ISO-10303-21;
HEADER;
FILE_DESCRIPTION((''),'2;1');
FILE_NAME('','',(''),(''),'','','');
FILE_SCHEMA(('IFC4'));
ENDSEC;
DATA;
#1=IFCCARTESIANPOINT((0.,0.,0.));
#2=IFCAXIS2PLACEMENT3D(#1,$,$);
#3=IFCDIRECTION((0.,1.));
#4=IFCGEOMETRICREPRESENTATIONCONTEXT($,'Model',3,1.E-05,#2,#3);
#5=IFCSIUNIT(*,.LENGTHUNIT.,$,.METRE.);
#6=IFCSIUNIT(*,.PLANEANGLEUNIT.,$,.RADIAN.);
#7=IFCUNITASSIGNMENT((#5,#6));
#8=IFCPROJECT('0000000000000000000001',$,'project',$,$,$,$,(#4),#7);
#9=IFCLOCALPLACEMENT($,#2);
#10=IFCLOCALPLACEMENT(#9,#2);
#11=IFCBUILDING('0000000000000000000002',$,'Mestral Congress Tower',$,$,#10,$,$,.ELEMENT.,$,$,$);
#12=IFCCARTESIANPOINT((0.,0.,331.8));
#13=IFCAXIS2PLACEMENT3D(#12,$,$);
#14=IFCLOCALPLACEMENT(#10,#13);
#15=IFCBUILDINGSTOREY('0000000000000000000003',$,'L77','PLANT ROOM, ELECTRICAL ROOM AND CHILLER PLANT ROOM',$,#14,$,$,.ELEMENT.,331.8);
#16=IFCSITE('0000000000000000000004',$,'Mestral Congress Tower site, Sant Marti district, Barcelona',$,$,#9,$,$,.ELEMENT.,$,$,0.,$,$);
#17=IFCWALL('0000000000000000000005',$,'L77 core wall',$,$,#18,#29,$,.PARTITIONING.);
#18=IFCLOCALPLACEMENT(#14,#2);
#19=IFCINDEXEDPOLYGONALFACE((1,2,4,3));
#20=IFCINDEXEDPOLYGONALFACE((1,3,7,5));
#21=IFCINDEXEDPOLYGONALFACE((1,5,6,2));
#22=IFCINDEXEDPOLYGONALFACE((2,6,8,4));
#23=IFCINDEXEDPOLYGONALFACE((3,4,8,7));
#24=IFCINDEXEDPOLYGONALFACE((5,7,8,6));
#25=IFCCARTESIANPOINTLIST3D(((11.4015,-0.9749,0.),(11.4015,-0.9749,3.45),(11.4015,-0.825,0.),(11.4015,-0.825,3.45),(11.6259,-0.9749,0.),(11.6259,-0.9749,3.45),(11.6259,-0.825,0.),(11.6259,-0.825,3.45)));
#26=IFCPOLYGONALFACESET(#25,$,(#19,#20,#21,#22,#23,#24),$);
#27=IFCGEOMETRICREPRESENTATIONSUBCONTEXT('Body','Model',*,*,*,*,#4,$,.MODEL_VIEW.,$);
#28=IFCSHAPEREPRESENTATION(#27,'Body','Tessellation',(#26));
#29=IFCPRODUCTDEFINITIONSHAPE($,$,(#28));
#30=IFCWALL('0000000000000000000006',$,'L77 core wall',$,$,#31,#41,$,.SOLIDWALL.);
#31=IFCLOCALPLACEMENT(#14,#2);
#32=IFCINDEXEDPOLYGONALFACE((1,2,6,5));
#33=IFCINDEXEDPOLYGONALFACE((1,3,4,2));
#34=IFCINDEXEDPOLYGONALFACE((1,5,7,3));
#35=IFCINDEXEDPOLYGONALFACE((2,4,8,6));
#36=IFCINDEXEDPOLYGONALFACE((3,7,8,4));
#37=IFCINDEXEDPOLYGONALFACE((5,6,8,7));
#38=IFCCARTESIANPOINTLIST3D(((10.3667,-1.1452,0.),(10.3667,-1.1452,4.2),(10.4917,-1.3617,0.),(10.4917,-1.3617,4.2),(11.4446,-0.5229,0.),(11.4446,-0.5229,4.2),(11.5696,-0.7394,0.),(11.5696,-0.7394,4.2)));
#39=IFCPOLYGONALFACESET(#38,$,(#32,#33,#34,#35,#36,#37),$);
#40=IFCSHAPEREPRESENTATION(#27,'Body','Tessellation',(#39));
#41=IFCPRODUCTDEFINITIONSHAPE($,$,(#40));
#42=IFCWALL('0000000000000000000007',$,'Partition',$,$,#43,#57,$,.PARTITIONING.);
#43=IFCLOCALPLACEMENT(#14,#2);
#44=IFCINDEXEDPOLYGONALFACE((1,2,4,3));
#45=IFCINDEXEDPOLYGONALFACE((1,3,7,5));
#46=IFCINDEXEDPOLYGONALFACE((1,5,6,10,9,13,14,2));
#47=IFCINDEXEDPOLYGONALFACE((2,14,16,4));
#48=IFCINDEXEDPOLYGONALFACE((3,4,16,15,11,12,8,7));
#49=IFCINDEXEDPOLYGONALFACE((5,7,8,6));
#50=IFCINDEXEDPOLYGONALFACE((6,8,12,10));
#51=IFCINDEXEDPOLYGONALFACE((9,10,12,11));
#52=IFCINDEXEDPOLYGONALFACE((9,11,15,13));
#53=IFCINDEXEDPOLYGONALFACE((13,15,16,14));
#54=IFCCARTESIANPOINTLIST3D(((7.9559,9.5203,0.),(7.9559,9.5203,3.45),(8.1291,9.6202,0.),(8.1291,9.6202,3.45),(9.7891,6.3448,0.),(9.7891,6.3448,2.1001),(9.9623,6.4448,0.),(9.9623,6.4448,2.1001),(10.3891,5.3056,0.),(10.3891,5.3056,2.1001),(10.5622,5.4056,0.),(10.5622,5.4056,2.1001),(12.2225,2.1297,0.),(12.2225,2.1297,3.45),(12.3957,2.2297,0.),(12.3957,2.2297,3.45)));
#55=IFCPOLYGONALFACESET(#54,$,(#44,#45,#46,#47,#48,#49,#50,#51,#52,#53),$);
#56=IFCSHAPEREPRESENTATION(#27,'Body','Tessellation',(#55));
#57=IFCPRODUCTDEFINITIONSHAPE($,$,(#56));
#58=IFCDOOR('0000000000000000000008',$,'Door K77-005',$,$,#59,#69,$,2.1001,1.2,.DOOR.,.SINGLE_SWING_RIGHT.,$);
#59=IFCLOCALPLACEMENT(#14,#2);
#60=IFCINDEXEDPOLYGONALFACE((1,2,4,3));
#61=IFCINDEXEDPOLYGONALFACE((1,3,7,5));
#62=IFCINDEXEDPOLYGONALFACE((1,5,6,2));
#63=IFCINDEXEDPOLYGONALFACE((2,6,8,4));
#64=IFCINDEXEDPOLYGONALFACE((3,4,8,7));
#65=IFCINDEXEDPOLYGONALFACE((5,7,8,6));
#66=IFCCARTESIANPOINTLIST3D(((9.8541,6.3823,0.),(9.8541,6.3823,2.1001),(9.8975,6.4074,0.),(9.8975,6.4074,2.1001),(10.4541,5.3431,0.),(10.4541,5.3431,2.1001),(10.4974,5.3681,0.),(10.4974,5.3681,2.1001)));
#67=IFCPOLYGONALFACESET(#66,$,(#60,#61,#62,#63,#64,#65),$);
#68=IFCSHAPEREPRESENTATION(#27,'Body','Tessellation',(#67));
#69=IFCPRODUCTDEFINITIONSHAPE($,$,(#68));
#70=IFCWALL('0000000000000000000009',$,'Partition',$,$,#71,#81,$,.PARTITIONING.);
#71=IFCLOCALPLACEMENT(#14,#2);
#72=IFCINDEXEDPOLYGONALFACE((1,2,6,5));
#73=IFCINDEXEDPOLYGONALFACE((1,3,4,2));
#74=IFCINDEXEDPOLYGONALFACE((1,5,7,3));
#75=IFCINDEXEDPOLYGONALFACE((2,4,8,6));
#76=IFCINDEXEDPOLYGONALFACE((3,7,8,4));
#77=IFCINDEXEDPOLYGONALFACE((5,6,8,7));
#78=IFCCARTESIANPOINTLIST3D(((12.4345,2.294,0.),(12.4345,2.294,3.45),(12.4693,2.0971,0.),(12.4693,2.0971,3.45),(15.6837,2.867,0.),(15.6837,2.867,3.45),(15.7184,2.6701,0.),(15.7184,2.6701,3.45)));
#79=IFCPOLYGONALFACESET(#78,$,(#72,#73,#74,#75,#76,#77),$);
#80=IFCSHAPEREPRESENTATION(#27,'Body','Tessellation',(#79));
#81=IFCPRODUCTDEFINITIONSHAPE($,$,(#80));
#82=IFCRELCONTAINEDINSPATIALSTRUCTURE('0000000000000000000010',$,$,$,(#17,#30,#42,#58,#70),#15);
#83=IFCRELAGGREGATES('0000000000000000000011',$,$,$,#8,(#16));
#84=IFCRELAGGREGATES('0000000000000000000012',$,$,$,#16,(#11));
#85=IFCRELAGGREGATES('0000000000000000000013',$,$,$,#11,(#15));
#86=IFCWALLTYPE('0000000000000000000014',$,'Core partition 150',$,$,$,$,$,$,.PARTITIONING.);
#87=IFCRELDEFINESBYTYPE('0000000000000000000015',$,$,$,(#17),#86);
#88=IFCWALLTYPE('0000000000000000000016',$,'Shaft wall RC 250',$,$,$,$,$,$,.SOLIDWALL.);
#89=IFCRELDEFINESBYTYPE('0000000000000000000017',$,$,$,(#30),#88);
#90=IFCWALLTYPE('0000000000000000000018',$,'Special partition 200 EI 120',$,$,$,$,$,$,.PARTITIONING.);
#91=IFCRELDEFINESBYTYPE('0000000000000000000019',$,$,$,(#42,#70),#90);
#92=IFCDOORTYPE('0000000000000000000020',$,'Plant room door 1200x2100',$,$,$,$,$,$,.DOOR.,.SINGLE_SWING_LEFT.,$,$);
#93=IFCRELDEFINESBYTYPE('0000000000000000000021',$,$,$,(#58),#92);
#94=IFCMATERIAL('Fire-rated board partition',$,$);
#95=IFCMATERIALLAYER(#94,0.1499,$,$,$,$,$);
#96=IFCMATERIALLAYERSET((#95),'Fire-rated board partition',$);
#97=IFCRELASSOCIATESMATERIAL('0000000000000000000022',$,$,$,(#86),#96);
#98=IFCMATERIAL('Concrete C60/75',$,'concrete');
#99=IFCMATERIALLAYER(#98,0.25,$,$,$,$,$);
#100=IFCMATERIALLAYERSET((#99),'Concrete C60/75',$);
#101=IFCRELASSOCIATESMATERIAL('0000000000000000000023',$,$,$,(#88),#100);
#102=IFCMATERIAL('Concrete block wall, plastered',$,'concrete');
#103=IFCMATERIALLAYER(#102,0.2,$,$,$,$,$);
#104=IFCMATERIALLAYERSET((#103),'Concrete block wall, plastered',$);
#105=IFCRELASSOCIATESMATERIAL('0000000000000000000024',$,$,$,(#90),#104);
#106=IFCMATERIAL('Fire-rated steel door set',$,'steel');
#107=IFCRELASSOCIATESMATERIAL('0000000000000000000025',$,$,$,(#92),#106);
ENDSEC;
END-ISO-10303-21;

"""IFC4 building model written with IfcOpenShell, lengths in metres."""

from ifc_helpers import new_model, si_unit, direction, frame, frame_2d, origin, place, context, subcontext, project, spatial, rectangle, extrude, material, layer, layer_set, type_object, element, fill, save


model = new_model("IFC4")

# Units and contexts
model_context = context("Model", 3, precision=1e-05, world=origin(), true_north=direction((0.0, 1.0)))
body_context = subcontext(model_context, "Body", "Model", "MODEL_VIEW")
ifc_project = project(units=[si_unit("LENGTHUNIT", "METRE"), si_unit("PLANEANGLEUNIT", "RADIAN")], contexts=[model_context])

# Site, building, storey
site_placement = place(None, origin())
site = spatial("IfcSite", under=ifc_project, at=site_placement, Name="Mestral Congress Tower site, Sant Marti district, Barcelona", CompositionType="ELEMENT", RefElevation=0.0)
building_placement = place(site_placement, origin())
building = spatial("IfcBuilding", under=site, at=building_placement, Name="Mestral Congress Tower", CompositionType="ELEMENT")
storey_placement = place(building_placement, frame((0.0, 0.0, 331.8)))
storey = spatial("IfcBuildingStorey", under=building, at=storey_placement, Name="L77", Description="PLANT ROOM, ELECTRICAL ROOM AND CHILLER PLANT ROOM", CompositionType="ELEMENT", Elevation=331.8)

# Walls
ifc_material_1 = material(Name="Fire-rated board partition")
ifc_layer_1 = layer(ifc_material_1, 0.1499)
ifc_layer_set_1 = layer_set([ifc_layer_1], Name="Fire-rated board partition")
wall_type_1 = type_object("IfcWallType", Name="Core partition 150", PredefinedType="PARTITIONING", material=ifc_layer_set_1)
wall_1_placement = place(storey_placement, frame((11.4014, -0.8999, 0.0), z_axis=(0.0, 0.0, 1.0), x_axis=(1.0, 0.0, 0.0)))
element("IfcWall", 1, at=wall_1_placement, inside=storey, type_object=wall_type_1, Name="L77 core wall", PredefinedType="PARTITIONING", context=body_context, shape_type="SweptSolid", body=[
    extrude(rectangle(XDim=0.2244, YDim=0.1499, at=frame_2d((0.1123, 0.0))), origin(), (0.0, 0.0, 1.0), 3.45),
])
ifc_material_2 = material(Name="Concrete C60/75", Category="concrete")
ifc_layer_2 = layer(ifc_material_2, 0.25)
ifc_layer_set_2 = layer_set([ifc_layer_2], Name="Concrete C60/75")
wall_type_2 = type_object("IfcWallType", Name="Shaft wall RC 250", PredefinedType="SOLIDWALL", material=ifc_layer_set_2)
wall_2_placement = place(storey_placement, frame((11.5071, -0.6311, 0.0), z_axis=(0.0, 0.0, 1.0), x_axis=(-0.866026, -0.5, 0.0)))
element("IfcWall", 2, at=wall_2_placement, inside=storey, type_object=wall_type_2, Name="L77 core wall", PredefinedType="SOLIDWALL", context=body_context, shape_type="SweptSolid", body=[
    extrude(rectangle(XDim=1.2446, YDim=0.25, at=frame_2d((0.6223, 0.0))), origin(), (0.0, 0.0, 1.0), 4.2),
])

# Wall, opening, door
ifc_material_3 = material(Name="Concrete block wall, plastered", Category="concrete")
ifc_layer_3 = layer(ifc_material_3, 0.2)
ifc_layer_set_3 = layer_set([ifc_layer_3], Name="Concrete block wall, plastered")
wall_type_3 = type_object("IfcWallType", Name="Special partition 200 EI 120", PredefinedType="PARTITIONING", material=ifc_layer_set_3)
wall_3_placement = place(storey_placement, frame((12.3091, 2.1797, 0.0), z_axis=(0.0, 0.0, 1.0), x_axis=(-0.499967, 0.866045, 0.0)))
wall_3 = element("IfcWall", 3, at=wall_3_placement, inside=storey, type_object=wall_type_3, Name="Partition", PredefinedType="PARTITIONING", context=body_context, shape_type="SweptSolid", body=[
    extrude(rectangle(XDim=8.5337, YDim=0.2, at=frame_2d((4.2668, 0.0))), origin(), (0.0, 0.0, 1.0), 3.45),
])
opening_placement = place(wall_3_placement, frame((3.667, 0.0, 0.0)))
opening = element("IfcOpeningElement", 4, at=opening_placement, cuts=wall_3, PredefinedType="OPENING", context=body_context, shape_type="SweptSolid", body=[
    extrude(rectangle(XDim=1.2, YDim=2.1001, at=frame_2d((0.6001, 1.05))), frame((0.0, 0.1099, 0.0), z_axis=(0.0, -1.0, 0.0), x_axis=(1.0, 0.0, 0.0)), (0.0, 0.0, 1.0), 0.22),
])
ifc_material_4 = material(Name="Fire-rated steel door set", Category="steel")
door_type = type_object("IfcDoorType", Name="Plant room door 1200x2100", OperationType="SINGLE_SWING_LEFT", PredefinedType="DOOR", material=ifc_material_4)
door_placement = place(opening_placement, origin())
door = element("IfcDoor", 5, at=door_placement, inside=storey, type_object=door_type, Name="Door K77-005", OperationType="SINGLE_SWING_RIGHT", OverallHeight=2.1001, OverallWidth=1.2, PredefinedType="DOOR", context=body_context, shape_type="SweptSolid", body=[
    extrude(rectangle(XDim=1.2, YDim=2.1001, at=frame_2d((0.6001, 1.05))), frame((0.0, 0.0249, 0.0), z_axis=(0.0, -1.0, 0.0), x_axis=(1.0, 0.0, 0.0)), (0.0, 0.0, 1.0), 0.05),
])
fill(opening, door)

# Wall
wall_4_placement = place(storey_placement, frame((12.4519, 2.1956, 0.0), z_axis=(0.0, 0.0, 1.0), x_axis=(0.984804, 0.173667, 0.0)))
element("IfcWall", 6, at=wall_4_placement, inside=storey, type_object=wall_type_3, Name="Partition", PredefinedType="PARTITIONING", context=body_context, shape_type="SweptSolid", body=[
    extrude(rectangle(XDim=3.2993, YDim=0.2, at=frame_2d((1.6497, 0.0))), origin(), (0.0, 0.0, 1.0), 3.45),
])

save(model, "model.ifc")
